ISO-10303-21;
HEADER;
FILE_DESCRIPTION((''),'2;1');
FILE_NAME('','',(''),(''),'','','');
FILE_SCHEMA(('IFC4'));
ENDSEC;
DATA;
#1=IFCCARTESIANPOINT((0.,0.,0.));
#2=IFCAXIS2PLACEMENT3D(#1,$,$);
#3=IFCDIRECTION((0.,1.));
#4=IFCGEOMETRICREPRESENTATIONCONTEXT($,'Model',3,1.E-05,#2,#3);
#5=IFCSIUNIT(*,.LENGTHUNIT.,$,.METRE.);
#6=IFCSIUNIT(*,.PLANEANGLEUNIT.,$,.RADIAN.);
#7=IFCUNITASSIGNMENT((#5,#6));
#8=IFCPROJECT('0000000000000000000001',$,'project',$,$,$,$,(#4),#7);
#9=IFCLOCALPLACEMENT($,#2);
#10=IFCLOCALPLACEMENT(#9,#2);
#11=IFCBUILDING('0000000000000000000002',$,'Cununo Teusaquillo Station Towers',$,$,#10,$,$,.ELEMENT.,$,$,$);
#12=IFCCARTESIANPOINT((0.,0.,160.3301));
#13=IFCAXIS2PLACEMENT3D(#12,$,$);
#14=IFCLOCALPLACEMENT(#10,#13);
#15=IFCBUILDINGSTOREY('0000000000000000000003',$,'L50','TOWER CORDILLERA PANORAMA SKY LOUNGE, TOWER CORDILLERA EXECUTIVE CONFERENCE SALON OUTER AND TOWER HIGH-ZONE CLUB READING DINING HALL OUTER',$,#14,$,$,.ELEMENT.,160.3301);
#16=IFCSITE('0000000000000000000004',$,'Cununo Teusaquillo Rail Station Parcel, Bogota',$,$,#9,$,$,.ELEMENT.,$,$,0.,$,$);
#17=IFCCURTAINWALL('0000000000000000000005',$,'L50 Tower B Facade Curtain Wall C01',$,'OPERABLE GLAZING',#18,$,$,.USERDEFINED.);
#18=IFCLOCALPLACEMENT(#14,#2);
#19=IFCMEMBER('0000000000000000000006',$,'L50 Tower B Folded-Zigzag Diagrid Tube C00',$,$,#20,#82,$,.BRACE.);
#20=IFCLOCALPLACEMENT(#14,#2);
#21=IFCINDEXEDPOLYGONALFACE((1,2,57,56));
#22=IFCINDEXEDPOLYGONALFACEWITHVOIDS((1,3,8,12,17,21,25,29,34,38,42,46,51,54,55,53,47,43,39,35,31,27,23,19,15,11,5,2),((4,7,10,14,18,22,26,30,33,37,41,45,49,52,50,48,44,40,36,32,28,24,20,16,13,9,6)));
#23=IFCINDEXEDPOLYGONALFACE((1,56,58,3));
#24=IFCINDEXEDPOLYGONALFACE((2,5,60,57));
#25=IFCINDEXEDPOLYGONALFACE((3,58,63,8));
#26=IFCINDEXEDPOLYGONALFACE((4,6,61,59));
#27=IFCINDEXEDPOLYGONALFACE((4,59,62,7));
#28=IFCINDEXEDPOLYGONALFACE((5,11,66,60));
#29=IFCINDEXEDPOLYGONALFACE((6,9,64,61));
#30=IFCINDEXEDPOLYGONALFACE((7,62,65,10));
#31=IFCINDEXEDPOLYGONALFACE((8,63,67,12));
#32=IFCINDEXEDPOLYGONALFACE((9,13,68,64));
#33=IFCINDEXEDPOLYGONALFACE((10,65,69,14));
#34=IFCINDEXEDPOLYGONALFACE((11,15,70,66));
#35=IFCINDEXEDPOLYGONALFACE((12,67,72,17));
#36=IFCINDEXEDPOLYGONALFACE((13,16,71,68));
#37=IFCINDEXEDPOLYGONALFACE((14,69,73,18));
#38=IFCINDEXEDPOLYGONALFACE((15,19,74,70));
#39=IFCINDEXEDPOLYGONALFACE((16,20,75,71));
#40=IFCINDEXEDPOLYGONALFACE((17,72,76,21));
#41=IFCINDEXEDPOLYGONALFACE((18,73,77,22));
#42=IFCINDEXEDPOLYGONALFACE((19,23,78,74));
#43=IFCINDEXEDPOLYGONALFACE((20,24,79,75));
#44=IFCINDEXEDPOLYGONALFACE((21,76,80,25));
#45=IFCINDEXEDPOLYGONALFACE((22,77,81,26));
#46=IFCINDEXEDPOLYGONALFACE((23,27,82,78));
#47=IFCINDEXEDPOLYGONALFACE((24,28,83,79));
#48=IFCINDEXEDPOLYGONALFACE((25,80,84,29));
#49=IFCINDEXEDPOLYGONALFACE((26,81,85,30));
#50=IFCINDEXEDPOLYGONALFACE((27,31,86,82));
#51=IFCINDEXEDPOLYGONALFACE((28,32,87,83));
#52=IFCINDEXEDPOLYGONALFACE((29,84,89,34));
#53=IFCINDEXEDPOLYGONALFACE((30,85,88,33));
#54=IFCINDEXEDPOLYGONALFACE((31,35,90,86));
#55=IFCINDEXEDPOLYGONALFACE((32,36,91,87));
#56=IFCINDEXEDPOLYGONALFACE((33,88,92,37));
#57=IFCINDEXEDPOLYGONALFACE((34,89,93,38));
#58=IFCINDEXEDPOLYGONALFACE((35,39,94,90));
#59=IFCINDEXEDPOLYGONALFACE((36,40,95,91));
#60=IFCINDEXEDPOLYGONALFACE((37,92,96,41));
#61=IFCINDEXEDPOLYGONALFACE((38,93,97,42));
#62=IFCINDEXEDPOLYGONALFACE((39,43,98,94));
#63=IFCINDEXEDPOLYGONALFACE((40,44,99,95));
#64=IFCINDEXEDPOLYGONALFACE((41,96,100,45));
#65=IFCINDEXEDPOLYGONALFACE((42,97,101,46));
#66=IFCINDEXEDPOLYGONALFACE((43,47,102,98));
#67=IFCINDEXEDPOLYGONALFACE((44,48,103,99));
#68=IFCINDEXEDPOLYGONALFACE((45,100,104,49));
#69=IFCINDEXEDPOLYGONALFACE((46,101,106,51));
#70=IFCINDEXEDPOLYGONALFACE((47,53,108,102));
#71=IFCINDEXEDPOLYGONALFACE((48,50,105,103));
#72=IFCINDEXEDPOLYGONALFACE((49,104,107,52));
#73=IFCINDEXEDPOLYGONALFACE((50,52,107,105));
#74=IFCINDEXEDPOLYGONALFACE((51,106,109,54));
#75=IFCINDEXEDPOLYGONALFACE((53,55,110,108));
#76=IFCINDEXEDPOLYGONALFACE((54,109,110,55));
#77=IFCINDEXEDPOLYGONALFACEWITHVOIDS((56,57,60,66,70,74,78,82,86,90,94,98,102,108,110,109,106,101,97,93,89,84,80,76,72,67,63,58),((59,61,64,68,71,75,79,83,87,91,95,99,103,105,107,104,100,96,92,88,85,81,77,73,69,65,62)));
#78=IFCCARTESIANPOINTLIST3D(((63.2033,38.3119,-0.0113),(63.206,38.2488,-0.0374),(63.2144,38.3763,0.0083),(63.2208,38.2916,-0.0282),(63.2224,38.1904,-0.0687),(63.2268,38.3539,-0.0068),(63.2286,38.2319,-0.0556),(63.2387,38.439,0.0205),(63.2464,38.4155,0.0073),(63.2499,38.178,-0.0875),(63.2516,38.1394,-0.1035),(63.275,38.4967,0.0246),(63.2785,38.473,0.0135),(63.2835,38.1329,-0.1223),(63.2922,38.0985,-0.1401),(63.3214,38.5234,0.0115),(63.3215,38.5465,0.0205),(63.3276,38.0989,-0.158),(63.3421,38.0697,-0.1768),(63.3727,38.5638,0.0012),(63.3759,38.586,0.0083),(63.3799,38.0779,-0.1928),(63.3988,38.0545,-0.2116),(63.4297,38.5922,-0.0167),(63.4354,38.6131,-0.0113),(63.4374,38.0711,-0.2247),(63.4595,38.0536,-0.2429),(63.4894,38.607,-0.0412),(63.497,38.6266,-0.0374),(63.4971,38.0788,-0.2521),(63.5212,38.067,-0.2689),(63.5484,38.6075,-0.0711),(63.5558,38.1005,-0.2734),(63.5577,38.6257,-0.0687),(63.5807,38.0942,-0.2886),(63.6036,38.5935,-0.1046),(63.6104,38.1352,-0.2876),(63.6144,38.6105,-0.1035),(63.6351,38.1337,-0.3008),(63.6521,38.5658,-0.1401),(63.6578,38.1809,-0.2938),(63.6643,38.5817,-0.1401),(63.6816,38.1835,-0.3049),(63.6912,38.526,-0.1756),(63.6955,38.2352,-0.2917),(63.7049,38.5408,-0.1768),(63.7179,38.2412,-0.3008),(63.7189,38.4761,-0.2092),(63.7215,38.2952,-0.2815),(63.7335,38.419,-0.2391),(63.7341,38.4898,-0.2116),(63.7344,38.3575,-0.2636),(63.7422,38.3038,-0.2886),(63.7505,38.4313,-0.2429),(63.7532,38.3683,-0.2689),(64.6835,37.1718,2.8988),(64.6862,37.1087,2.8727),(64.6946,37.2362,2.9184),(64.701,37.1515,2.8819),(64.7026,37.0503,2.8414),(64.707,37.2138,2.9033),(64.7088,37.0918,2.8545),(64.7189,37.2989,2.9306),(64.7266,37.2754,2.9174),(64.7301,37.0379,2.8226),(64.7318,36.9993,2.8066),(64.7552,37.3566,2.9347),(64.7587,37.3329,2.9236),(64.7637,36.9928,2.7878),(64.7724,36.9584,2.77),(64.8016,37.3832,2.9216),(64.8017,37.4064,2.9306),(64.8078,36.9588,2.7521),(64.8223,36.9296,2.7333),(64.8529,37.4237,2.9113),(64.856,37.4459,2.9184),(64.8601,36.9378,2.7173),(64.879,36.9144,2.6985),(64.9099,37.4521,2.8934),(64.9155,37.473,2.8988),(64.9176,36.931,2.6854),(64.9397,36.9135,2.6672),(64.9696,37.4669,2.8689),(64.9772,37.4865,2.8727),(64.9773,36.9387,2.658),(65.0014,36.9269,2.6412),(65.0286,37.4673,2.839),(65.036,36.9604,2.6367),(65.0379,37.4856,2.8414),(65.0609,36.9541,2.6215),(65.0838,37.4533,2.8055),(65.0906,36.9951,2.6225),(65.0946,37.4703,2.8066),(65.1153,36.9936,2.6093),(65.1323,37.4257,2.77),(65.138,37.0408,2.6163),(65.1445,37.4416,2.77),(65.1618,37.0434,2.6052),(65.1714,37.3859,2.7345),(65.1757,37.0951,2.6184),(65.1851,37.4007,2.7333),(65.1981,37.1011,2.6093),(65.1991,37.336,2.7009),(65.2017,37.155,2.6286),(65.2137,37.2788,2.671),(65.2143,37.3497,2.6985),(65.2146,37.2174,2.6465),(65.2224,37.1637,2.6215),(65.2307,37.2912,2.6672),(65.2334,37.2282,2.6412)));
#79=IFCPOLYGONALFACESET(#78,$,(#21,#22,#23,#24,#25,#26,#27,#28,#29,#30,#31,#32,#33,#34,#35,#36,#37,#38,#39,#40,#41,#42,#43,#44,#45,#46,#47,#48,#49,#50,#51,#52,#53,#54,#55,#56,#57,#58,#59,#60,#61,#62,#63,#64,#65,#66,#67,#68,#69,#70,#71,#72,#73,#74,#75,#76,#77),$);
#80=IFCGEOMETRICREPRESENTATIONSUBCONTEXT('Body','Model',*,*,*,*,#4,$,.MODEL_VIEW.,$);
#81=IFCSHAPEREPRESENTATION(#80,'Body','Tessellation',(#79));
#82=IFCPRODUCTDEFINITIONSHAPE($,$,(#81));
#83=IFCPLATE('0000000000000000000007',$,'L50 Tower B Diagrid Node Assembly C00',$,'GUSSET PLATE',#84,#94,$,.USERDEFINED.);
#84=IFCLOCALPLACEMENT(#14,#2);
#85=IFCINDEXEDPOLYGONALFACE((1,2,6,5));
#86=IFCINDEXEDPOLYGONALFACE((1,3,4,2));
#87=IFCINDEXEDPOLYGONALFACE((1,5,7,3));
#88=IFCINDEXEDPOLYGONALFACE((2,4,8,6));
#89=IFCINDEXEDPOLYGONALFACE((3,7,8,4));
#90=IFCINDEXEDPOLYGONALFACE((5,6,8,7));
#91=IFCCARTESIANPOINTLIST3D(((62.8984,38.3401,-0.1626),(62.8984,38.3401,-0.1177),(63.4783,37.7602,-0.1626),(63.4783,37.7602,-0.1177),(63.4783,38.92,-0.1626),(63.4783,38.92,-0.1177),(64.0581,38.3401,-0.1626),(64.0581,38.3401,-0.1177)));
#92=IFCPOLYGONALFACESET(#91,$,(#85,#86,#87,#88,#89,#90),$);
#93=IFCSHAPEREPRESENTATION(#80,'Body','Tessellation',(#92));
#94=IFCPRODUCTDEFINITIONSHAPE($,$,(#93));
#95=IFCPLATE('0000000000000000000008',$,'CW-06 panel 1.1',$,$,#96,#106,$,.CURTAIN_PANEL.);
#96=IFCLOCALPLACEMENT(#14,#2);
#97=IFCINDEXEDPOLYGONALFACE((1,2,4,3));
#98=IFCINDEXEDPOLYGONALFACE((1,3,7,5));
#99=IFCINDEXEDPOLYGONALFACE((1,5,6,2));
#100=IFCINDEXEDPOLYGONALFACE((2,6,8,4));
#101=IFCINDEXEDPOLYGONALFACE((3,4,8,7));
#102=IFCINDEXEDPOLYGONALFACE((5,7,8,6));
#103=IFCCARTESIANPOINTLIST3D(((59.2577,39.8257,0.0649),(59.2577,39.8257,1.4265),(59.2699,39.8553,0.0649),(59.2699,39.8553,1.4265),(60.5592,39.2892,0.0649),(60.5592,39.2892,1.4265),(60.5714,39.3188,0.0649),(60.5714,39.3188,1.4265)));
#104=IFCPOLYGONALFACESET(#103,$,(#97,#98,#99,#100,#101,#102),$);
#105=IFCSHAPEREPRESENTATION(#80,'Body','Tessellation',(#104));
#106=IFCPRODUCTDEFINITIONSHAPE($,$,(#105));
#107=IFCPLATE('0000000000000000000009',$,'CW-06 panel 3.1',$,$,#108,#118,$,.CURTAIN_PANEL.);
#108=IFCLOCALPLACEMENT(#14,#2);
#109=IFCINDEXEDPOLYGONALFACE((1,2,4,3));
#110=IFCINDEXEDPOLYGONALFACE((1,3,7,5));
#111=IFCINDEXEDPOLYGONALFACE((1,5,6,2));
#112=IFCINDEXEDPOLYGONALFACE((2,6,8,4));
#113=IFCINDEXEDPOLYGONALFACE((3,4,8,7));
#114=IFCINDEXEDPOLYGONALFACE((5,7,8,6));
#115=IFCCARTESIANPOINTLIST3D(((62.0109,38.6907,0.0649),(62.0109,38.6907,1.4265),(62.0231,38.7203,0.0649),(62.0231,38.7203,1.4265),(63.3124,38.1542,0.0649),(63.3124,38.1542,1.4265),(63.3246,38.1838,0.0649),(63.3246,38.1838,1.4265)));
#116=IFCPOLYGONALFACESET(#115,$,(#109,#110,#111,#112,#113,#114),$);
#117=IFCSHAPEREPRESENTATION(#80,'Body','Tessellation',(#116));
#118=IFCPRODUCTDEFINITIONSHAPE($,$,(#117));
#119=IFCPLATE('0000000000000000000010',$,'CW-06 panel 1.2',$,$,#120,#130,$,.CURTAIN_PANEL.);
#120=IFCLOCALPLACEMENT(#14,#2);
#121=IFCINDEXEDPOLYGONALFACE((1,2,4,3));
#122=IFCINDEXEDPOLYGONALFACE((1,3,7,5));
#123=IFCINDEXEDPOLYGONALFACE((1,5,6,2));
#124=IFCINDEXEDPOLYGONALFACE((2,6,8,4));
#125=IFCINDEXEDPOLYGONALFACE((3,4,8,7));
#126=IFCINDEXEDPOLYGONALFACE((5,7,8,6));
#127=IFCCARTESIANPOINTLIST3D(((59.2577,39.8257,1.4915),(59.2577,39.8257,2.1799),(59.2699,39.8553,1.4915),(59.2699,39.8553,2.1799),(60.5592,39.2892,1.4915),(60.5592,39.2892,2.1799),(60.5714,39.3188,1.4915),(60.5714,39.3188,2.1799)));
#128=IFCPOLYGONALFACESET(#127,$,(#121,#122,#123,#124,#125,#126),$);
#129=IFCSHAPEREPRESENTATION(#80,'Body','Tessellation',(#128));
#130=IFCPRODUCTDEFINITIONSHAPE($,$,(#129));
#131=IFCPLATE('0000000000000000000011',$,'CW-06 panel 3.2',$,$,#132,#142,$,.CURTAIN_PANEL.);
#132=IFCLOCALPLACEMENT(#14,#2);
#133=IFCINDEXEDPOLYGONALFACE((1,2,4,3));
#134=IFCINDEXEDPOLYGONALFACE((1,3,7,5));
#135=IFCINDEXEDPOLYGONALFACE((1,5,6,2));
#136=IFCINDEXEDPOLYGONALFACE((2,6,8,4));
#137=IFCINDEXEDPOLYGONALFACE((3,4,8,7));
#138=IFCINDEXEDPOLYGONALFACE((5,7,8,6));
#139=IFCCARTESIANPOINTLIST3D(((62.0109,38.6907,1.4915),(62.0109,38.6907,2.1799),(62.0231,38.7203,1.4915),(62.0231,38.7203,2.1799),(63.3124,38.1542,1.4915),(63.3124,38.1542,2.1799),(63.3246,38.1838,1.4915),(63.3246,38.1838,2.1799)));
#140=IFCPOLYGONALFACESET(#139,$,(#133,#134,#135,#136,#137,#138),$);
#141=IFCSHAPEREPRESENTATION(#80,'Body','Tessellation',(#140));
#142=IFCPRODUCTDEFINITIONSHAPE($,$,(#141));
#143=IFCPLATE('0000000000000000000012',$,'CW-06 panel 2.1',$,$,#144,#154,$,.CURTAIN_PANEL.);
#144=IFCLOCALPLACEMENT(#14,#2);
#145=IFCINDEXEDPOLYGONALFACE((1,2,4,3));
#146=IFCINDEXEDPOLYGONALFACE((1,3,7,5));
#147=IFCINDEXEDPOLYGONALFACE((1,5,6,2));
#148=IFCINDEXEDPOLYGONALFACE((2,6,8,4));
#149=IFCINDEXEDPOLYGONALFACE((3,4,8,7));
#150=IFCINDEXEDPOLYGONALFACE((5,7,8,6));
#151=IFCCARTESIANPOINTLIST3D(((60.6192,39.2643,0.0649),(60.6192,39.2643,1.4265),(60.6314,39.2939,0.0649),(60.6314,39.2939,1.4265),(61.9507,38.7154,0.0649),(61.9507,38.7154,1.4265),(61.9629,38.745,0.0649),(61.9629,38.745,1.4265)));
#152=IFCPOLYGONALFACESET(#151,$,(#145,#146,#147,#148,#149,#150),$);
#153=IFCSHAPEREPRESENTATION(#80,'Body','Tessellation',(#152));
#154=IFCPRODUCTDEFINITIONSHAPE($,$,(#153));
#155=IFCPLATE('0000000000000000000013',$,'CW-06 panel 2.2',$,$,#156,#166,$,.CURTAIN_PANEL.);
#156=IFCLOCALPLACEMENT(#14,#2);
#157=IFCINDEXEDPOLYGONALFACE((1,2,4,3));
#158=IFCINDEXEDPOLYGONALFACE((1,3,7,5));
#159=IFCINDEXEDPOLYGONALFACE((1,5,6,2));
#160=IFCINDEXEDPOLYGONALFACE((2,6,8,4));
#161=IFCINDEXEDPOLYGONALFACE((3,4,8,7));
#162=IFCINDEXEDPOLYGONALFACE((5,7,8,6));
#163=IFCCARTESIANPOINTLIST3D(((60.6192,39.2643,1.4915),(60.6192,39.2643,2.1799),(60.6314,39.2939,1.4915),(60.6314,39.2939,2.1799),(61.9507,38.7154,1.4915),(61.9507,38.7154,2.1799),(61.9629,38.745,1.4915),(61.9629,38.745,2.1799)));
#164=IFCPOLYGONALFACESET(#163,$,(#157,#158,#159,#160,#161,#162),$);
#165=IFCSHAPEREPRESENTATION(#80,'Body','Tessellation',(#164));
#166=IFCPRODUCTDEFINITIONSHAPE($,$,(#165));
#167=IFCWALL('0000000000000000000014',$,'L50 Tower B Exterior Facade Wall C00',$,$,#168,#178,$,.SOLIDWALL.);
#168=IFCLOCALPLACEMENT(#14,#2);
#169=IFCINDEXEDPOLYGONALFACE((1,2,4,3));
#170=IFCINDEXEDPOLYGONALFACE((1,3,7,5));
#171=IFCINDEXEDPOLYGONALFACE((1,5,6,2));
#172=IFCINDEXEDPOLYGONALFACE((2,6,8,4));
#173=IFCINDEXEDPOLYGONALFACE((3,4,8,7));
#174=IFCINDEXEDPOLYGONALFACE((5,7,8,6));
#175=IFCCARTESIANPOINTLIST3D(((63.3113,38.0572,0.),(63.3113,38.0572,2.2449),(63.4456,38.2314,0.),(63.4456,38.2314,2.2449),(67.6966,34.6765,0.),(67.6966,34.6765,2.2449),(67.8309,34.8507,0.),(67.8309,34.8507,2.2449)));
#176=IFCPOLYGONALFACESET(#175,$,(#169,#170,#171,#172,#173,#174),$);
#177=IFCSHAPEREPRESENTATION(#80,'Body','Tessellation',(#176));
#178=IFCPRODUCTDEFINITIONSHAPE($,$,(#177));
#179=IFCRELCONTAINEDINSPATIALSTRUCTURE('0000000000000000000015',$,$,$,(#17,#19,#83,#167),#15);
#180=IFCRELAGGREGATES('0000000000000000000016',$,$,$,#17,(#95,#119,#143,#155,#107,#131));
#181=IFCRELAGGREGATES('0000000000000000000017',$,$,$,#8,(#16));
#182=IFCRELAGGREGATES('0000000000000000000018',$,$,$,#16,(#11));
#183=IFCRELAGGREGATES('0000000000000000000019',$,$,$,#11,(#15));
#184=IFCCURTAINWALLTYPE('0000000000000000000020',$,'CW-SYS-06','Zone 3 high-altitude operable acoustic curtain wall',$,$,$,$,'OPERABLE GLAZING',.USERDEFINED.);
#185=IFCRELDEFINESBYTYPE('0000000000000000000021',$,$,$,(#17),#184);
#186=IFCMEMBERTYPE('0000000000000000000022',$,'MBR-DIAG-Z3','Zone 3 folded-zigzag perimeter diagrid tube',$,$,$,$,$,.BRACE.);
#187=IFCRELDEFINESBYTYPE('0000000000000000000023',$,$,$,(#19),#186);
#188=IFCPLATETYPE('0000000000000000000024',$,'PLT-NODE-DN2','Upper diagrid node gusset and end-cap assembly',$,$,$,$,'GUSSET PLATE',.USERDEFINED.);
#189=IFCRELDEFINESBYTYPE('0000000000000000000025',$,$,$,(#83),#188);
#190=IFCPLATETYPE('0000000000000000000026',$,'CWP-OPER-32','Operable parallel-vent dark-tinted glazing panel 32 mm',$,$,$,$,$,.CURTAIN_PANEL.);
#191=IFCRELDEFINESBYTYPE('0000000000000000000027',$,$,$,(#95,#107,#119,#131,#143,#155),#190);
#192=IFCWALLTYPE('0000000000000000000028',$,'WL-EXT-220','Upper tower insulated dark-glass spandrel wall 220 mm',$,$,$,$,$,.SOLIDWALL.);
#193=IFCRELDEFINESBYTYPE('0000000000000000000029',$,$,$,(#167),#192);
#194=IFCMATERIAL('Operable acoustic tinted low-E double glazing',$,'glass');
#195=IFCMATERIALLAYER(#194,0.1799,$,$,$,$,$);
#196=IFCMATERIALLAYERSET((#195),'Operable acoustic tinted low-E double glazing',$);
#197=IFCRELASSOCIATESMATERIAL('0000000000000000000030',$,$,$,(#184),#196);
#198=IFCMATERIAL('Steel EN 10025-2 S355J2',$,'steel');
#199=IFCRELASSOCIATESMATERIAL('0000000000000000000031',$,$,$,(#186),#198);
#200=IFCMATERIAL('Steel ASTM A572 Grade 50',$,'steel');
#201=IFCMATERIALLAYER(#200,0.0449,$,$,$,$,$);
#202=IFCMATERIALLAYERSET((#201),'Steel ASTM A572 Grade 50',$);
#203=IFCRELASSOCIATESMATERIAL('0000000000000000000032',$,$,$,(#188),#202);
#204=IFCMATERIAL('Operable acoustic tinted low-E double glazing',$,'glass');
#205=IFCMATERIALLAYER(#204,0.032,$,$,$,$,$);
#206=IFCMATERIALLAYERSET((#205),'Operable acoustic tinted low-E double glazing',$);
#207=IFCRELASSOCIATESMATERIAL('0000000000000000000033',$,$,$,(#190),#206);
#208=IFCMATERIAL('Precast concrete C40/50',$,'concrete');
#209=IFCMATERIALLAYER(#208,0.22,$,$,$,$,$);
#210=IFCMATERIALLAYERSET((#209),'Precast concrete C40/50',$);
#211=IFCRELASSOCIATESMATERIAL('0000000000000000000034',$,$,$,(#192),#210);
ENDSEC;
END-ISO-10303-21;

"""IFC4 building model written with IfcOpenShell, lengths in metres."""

from ifc_helpers import new_model, si_unit, direction, frame, frame_2d, origin, origin_2d, place, context, subcontext, project, spatial, rectangle, hollow_circle, extrude, source, transform, mapped, material, layer, layer_set, material_profile, profile_set, type_object, element, aggregate, save


model = new_model("IFC4")

# Units and contexts
model_context = context("Model", 3, precision=1e-05, world=origin(), true_north=direction((0.0, 1.0)))
body_context = subcontext(model_context, "Body", "Model", "MODEL_VIEW")
ifc_project = project(units=[si_unit("LENGTHUNIT", "METRE"), si_unit("PLANEANGLEUNIT", "RADIAN")], contexts=[model_context])

# Site, building, storey
site_placement = place(None, origin())
site = spatial("IfcSite", under=ifc_project, at=site_placement, Name="Cununo Teusaquillo Rail Station Parcel, Bogota", CompositionType="ELEMENT", RefElevation=0.0)
building_placement = place(site_placement, origin())
building = spatial("IfcBuilding", under=site, at=building_placement, Name="Cununo Teusaquillo Station Towers", CompositionType="ELEMENT")
storey_placement = place(building_placement, frame((0.0, 0.0, 160.3301)))
storey = spatial("IfcBuildingStorey", under=building, at=storey_placement, Name="L50", Description="TOWER CORDILLERA PANORAMA SKY LOUNGE, TOWER CORDILLERA EXECUTIVE CONFERENCE SALON OUTER AND TOWER HIGH-ZONE CLUB READING DINING HALL OUTER", CompositionType="ELEMENT", Elevation=160.3301)

# Curtain wall
ifc_material_1 = material(Name="Operable acoustic tinted low-E double glazing", Category="glass")
ifc_layer_1 = layer(ifc_material_1, 0.1799)
ifc_layer_set_1 = layer_set([ifc_layer_1], Name="Operable acoustic tinted low-E double glazing")
curtain_wall_type = type_object("IfcCurtainWallType", Name="CW-SYS-06", Description="Zone 3 high-altitude operable acoustic curtain wall", ElementType="OPERABLE GLAZING", PredefinedType="USERDEFINED", material=ifc_layer_set_1)
curtain_wall_placement = place(storey_placement, origin())
curtain_wall = element("IfcCurtainWall", 1, at=curtain_wall_placement, inside=storey, type_object=curtain_wall_type, Name="L50 Tower B Facade Curtain Wall C01", ObjectType="OPERABLE GLAZING", PredefinedType="USERDEFINED")

# Member
ifc_material_2 = material(Name="Steel EN 10025-2 S355J2", Category="steel")
ifc_material_profile_1 = material_profile(ifc_material_2, hollow_circle(Radius=0.3049, WallThickness=0.02, at=origin_2d()), Name="CHS 610x20")
ifc_profile_set_1 = profile_set([ifc_material_profile_1], Name="Steel EN 10025-2 S355J2")
member_type_1 = type_object("IfcMemberType", Name="MBR-DIAG-Z3", Description="Zone 3 folded-zigzag perimeter diagrid tube", PredefinedType="BRACE", material=ifc_profile_set_1)
member_1_placement = place(storey_placement, frame((63.4783, 38.3401, -0.1401), z_axis=(0.428018, -0.329679, 0.841494), x_axis=(0.610216, 0.792235, 0.0)))
element("IfcMember", 2, at=member_1_placement, inside=storey, type_object=member_type_1, Name="L50 Tower B Folded-Zigzag Diagrid Tube C00", PredefinedType="BRACE", context=body_context, shape_type="SweptSolid", body=[
    extrude(hollow_circle(Radius=0.3049, WallThickness=0.02, at=origin_2d()), origin(), (0.0, 0.0, 1.0), 3.4583),
])

# Plates
ifc_material_3 = material(Name="Steel ASTM A572 Grade 50", Category="steel")
ifc_layer_2 = layer(ifc_material_3, 0.0449)
ifc_layer_set_2 = layer_set([ifc_layer_2], Name="Steel ASTM A572 Grade 50")
plate_type_1 = type_object("IfcPlateType", Name="PLT-NODE-DN2", Description="Upper diagrid node gusset and end-cap assembly", ElementType="GUSSET PLATE", PredefinedType="USERDEFINED", material=ifc_layer_set_2)
shared_shape_1 = source(origin(), body_context, "Body", "SweptSolid", [
    extrude(rectangle(XDim=0.8201, YDim=0.8201, at=origin_2d()), origin(), (0.0, 0.0, 1.0), 0.0449),
])
plate_1_placement = place(storey_placement, frame((63.4783, 38.3401, -0.1626), z_axis=(0.0, 0.0, 1.0), x_axis=(0.707107, 0.707107, 0.0)))
element("IfcPlate", 3, at=plate_1_placement, inside=storey, type_object=plate_type_1, Name="L50 Tower B Diagrid Node Assembly C00", ObjectType="GUSSET PLATE", PredefinedType="USERDEFINED", context=body_context, shape_type="MappedRepresentation", body=[
    mapped(shared_shape_1, transform((0.0, 0.0, 0.0), x_axis=(1.0, 0.0, 0.0), y_axis=(0.0, 1.0, 0.0), z_axis=(0.0, 0.0, 1.0), scale=1.0)),
])
ifc_material_4 = material(Name="Operable acoustic tinted low-E double glazing", Category="glass")
ifc_layer_3 = layer(ifc_material_4, 0.032)
ifc_layer_set_3 = layer_set([ifc_layer_3], Name="Operable acoustic tinted low-E double glazing")
plate_type_2 = type_object("IfcPlateType", Name="CWP-OPER-32", Description="Operable parallel-vent dark-tinted glazing panel 32 mm", PredefinedType="CURTAIN_PANEL", material=ifc_layer_set_3)
shared_shape_2 = source(origin(), body_context, "Body", "SweptSolid", [
    extrude(rectangle(XDim=1.4077, YDim=0.032, at=origin_2d()), origin(), (0.0, 0.0, 1.0), 1.3616),
])
plate_2_placement = place(storey_placement, frame((59.9146, 39.5723, 0.0649), z_axis=(0.0, 0.0, 1.0), x_axis=(0.924525, -0.381122, 0.0)))
plate_2 = element("IfcPlate", 4, at=plate_2_placement, type_object=plate_type_2, Name="CW-06 panel 1.1", PredefinedType="CURTAIN_PANEL", context=body_context, shape_type="MappedRepresentation", body=[
    mapped(shared_shape_2, transform((0.0, 0.0, 0.0), x_axis=(1.0, 0.0, 0.0), y_axis=(0.0, 1.0, 0.0), z_axis=(0.0, 0.0, 1.0), scale=1.0)),
])
plate_3_placement = place(storey_placement, frame((62.6677, 38.4373, 0.0649), z_axis=(0.0, 0.0, 1.0), x_axis=(0.924525, -0.381122, 0.0)))
plate_3 = element("IfcPlate", 5, at=plate_3_placement, type_object=plate_type_2, Name="CW-06 panel 3.1", PredefinedType="CURTAIN_PANEL", context=body_context, shape_type="MappedRepresentation", body=[
    mapped(shared_shape_2, transform((0.0, 0.0, 0.0), x_axis=(1.0, 0.0, 0.0), y_axis=(0.0, 1.0, 0.0), z_axis=(0.0, 0.0, 1.0), scale=1.0)),
])
shared_shape_3 = source(origin(), body_context, "Body", "SweptSolid", [
    extrude(rectangle(XDim=1.4077, YDim=0.032, at=origin_2d()), origin(), (0.0, 0.0, 1.0), 0.6885),
])
plate_4_placement = place(storey_placement, frame((59.9146, 39.5723, 1.4915), z_axis=(0.0, 0.0, 1.0), x_axis=(0.924525, -0.381122, 0.0)))
plate_4 = element("IfcPlate", 6, at=plate_4_placement, type_object=plate_type_2, Name="CW-06 panel 1.2", PredefinedType="CURTAIN_PANEL", context=body_context, shape_type="MappedRepresentation", body=[
    mapped(shared_shape_3, transform((0.0, 0.0, 0.0), x_axis=(1.0, 0.0, 0.0), y_axis=(0.0, 1.0, 0.0), z_axis=(0.0, 0.0, 1.0), scale=1.0)),
])
plate_5_placement = place(storey_placement, frame((62.6677, 38.4373, 1.4915), z_axis=(0.0, 0.0, 1.0), x_axis=(0.924525, -0.381122, 0.0)))
plate_5 = element("IfcPlate", 7, at=plate_5_placement, type_object=plate_type_2, Name="CW-06 panel 3.2", PredefinedType="CURTAIN_PANEL", context=body_context, shape_type="MappedRepresentation", body=[
    mapped(shared_shape_3, transform((0.0, 0.0, 0.0), x_axis=(1.0, 0.0, 0.0), y_axis=(0.0, 1.0, 0.0), z_axis=(0.0, 0.0, 1.0), scale=1.0)),
])
shared_shape_4 = source(origin(), body_context, "Body", "SweptSolid", [
    extrude(rectangle(XDim=1.4402, YDim=0.032, at=origin_2d()), origin(), (0.0, 0.0, 1.0), 1.3616),
])
plate_6_placement = place(storey_placement, frame((61.291, 39.0046, 0.0649), z_axis=(0.0, 0.0, 1.0), x_axis=(0.924525, -0.381122, 0.0)))
plate_6 = element("IfcPlate", 8, at=plate_6_placement, type_object=plate_type_2, Name="CW-06 panel 2.1", PredefinedType="CURTAIN_PANEL", context=body_context, shape_type="MappedRepresentation", body=[
    mapped(shared_shape_4, transform((0.0, 0.0, 0.0), x_axis=(1.0, 0.0, 0.0), y_axis=(0.0, 1.0, 0.0), z_axis=(0.0, 0.0, 1.0), scale=1.0)),
])
shared_shape_5 = source(origin(), body_context, "Body", "SweptSolid", [
    extrude(rectangle(XDim=1.4402, YDim=0.032, at=origin_2d()), origin(), (0.0, 0.0, 1.0), 0.6885),
])
plate_7_placement = place(storey_placement, frame((61.291, 39.0046, 1.4915), z_axis=(0.0, 0.0, 1.0), x_axis=(0.924525, -0.381122, 0.0)))
plate_7 = element("IfcPlate", 9, at=plate_7_placement, type_object=plate_type_2, Name="CW-06 panel 2.2", PredefinedType="CURTAIN_PANEL", context=body_context, shape_type="MappedRepresentation", body=[
    mapped(shared_shape_5, transform((0.0, 0.0, 0.0), x_axis=(1.0, 0.0, 0.0), y_axis=(0.0, 1.0, 0.0), z_axis=(0.0, 0.0, 1.0), scale=1.0)),
])
aggregate(curtain_wall, [plate_2, plate_4, plate_6, plate_7, plate_3, plate_5])

# Wall
ifc_material_5 = material(Name="Precast concrete C40/50", Category="concrete")
ifc_layer_4 = layer(ifc_material_5, 0.22)
ifc_layer_set_4 = layer_set([ifc_layer_4], Name="Precast concrete C40/50")
wall_type = type_object("IfcWallType", Name="WL-EXT-220", Description="Upper tower insulated dark-glass spandrel wall 220 mm", PredefinedType="SOLIDWALL", material=ifc_layer_set_4)
wall_1_placement = place(storey_placement, frame((63.3784, 38.1443, 0.0), z_axis=(0.0, 0.0, 1.0), x_axis=(0.791983, -0.610544, 0.0)))
element("IfcWall", 10, at=wall_1_placement, inside=storey, type_object=wall_type, Name="L50 Tower B Exterior Facade Wall C00", PredefinedType="SOLIDWALL", context=body_context, shape_type="SweptSolid", body=[
    extrude(rectangle(XDim=5.5371, YDim=0.22, at=frame_2d((2.7686, 0.0))), origin(), (0.0, 0.0, 1.0), 2.2449),
])

save(model, "model.ifc")
